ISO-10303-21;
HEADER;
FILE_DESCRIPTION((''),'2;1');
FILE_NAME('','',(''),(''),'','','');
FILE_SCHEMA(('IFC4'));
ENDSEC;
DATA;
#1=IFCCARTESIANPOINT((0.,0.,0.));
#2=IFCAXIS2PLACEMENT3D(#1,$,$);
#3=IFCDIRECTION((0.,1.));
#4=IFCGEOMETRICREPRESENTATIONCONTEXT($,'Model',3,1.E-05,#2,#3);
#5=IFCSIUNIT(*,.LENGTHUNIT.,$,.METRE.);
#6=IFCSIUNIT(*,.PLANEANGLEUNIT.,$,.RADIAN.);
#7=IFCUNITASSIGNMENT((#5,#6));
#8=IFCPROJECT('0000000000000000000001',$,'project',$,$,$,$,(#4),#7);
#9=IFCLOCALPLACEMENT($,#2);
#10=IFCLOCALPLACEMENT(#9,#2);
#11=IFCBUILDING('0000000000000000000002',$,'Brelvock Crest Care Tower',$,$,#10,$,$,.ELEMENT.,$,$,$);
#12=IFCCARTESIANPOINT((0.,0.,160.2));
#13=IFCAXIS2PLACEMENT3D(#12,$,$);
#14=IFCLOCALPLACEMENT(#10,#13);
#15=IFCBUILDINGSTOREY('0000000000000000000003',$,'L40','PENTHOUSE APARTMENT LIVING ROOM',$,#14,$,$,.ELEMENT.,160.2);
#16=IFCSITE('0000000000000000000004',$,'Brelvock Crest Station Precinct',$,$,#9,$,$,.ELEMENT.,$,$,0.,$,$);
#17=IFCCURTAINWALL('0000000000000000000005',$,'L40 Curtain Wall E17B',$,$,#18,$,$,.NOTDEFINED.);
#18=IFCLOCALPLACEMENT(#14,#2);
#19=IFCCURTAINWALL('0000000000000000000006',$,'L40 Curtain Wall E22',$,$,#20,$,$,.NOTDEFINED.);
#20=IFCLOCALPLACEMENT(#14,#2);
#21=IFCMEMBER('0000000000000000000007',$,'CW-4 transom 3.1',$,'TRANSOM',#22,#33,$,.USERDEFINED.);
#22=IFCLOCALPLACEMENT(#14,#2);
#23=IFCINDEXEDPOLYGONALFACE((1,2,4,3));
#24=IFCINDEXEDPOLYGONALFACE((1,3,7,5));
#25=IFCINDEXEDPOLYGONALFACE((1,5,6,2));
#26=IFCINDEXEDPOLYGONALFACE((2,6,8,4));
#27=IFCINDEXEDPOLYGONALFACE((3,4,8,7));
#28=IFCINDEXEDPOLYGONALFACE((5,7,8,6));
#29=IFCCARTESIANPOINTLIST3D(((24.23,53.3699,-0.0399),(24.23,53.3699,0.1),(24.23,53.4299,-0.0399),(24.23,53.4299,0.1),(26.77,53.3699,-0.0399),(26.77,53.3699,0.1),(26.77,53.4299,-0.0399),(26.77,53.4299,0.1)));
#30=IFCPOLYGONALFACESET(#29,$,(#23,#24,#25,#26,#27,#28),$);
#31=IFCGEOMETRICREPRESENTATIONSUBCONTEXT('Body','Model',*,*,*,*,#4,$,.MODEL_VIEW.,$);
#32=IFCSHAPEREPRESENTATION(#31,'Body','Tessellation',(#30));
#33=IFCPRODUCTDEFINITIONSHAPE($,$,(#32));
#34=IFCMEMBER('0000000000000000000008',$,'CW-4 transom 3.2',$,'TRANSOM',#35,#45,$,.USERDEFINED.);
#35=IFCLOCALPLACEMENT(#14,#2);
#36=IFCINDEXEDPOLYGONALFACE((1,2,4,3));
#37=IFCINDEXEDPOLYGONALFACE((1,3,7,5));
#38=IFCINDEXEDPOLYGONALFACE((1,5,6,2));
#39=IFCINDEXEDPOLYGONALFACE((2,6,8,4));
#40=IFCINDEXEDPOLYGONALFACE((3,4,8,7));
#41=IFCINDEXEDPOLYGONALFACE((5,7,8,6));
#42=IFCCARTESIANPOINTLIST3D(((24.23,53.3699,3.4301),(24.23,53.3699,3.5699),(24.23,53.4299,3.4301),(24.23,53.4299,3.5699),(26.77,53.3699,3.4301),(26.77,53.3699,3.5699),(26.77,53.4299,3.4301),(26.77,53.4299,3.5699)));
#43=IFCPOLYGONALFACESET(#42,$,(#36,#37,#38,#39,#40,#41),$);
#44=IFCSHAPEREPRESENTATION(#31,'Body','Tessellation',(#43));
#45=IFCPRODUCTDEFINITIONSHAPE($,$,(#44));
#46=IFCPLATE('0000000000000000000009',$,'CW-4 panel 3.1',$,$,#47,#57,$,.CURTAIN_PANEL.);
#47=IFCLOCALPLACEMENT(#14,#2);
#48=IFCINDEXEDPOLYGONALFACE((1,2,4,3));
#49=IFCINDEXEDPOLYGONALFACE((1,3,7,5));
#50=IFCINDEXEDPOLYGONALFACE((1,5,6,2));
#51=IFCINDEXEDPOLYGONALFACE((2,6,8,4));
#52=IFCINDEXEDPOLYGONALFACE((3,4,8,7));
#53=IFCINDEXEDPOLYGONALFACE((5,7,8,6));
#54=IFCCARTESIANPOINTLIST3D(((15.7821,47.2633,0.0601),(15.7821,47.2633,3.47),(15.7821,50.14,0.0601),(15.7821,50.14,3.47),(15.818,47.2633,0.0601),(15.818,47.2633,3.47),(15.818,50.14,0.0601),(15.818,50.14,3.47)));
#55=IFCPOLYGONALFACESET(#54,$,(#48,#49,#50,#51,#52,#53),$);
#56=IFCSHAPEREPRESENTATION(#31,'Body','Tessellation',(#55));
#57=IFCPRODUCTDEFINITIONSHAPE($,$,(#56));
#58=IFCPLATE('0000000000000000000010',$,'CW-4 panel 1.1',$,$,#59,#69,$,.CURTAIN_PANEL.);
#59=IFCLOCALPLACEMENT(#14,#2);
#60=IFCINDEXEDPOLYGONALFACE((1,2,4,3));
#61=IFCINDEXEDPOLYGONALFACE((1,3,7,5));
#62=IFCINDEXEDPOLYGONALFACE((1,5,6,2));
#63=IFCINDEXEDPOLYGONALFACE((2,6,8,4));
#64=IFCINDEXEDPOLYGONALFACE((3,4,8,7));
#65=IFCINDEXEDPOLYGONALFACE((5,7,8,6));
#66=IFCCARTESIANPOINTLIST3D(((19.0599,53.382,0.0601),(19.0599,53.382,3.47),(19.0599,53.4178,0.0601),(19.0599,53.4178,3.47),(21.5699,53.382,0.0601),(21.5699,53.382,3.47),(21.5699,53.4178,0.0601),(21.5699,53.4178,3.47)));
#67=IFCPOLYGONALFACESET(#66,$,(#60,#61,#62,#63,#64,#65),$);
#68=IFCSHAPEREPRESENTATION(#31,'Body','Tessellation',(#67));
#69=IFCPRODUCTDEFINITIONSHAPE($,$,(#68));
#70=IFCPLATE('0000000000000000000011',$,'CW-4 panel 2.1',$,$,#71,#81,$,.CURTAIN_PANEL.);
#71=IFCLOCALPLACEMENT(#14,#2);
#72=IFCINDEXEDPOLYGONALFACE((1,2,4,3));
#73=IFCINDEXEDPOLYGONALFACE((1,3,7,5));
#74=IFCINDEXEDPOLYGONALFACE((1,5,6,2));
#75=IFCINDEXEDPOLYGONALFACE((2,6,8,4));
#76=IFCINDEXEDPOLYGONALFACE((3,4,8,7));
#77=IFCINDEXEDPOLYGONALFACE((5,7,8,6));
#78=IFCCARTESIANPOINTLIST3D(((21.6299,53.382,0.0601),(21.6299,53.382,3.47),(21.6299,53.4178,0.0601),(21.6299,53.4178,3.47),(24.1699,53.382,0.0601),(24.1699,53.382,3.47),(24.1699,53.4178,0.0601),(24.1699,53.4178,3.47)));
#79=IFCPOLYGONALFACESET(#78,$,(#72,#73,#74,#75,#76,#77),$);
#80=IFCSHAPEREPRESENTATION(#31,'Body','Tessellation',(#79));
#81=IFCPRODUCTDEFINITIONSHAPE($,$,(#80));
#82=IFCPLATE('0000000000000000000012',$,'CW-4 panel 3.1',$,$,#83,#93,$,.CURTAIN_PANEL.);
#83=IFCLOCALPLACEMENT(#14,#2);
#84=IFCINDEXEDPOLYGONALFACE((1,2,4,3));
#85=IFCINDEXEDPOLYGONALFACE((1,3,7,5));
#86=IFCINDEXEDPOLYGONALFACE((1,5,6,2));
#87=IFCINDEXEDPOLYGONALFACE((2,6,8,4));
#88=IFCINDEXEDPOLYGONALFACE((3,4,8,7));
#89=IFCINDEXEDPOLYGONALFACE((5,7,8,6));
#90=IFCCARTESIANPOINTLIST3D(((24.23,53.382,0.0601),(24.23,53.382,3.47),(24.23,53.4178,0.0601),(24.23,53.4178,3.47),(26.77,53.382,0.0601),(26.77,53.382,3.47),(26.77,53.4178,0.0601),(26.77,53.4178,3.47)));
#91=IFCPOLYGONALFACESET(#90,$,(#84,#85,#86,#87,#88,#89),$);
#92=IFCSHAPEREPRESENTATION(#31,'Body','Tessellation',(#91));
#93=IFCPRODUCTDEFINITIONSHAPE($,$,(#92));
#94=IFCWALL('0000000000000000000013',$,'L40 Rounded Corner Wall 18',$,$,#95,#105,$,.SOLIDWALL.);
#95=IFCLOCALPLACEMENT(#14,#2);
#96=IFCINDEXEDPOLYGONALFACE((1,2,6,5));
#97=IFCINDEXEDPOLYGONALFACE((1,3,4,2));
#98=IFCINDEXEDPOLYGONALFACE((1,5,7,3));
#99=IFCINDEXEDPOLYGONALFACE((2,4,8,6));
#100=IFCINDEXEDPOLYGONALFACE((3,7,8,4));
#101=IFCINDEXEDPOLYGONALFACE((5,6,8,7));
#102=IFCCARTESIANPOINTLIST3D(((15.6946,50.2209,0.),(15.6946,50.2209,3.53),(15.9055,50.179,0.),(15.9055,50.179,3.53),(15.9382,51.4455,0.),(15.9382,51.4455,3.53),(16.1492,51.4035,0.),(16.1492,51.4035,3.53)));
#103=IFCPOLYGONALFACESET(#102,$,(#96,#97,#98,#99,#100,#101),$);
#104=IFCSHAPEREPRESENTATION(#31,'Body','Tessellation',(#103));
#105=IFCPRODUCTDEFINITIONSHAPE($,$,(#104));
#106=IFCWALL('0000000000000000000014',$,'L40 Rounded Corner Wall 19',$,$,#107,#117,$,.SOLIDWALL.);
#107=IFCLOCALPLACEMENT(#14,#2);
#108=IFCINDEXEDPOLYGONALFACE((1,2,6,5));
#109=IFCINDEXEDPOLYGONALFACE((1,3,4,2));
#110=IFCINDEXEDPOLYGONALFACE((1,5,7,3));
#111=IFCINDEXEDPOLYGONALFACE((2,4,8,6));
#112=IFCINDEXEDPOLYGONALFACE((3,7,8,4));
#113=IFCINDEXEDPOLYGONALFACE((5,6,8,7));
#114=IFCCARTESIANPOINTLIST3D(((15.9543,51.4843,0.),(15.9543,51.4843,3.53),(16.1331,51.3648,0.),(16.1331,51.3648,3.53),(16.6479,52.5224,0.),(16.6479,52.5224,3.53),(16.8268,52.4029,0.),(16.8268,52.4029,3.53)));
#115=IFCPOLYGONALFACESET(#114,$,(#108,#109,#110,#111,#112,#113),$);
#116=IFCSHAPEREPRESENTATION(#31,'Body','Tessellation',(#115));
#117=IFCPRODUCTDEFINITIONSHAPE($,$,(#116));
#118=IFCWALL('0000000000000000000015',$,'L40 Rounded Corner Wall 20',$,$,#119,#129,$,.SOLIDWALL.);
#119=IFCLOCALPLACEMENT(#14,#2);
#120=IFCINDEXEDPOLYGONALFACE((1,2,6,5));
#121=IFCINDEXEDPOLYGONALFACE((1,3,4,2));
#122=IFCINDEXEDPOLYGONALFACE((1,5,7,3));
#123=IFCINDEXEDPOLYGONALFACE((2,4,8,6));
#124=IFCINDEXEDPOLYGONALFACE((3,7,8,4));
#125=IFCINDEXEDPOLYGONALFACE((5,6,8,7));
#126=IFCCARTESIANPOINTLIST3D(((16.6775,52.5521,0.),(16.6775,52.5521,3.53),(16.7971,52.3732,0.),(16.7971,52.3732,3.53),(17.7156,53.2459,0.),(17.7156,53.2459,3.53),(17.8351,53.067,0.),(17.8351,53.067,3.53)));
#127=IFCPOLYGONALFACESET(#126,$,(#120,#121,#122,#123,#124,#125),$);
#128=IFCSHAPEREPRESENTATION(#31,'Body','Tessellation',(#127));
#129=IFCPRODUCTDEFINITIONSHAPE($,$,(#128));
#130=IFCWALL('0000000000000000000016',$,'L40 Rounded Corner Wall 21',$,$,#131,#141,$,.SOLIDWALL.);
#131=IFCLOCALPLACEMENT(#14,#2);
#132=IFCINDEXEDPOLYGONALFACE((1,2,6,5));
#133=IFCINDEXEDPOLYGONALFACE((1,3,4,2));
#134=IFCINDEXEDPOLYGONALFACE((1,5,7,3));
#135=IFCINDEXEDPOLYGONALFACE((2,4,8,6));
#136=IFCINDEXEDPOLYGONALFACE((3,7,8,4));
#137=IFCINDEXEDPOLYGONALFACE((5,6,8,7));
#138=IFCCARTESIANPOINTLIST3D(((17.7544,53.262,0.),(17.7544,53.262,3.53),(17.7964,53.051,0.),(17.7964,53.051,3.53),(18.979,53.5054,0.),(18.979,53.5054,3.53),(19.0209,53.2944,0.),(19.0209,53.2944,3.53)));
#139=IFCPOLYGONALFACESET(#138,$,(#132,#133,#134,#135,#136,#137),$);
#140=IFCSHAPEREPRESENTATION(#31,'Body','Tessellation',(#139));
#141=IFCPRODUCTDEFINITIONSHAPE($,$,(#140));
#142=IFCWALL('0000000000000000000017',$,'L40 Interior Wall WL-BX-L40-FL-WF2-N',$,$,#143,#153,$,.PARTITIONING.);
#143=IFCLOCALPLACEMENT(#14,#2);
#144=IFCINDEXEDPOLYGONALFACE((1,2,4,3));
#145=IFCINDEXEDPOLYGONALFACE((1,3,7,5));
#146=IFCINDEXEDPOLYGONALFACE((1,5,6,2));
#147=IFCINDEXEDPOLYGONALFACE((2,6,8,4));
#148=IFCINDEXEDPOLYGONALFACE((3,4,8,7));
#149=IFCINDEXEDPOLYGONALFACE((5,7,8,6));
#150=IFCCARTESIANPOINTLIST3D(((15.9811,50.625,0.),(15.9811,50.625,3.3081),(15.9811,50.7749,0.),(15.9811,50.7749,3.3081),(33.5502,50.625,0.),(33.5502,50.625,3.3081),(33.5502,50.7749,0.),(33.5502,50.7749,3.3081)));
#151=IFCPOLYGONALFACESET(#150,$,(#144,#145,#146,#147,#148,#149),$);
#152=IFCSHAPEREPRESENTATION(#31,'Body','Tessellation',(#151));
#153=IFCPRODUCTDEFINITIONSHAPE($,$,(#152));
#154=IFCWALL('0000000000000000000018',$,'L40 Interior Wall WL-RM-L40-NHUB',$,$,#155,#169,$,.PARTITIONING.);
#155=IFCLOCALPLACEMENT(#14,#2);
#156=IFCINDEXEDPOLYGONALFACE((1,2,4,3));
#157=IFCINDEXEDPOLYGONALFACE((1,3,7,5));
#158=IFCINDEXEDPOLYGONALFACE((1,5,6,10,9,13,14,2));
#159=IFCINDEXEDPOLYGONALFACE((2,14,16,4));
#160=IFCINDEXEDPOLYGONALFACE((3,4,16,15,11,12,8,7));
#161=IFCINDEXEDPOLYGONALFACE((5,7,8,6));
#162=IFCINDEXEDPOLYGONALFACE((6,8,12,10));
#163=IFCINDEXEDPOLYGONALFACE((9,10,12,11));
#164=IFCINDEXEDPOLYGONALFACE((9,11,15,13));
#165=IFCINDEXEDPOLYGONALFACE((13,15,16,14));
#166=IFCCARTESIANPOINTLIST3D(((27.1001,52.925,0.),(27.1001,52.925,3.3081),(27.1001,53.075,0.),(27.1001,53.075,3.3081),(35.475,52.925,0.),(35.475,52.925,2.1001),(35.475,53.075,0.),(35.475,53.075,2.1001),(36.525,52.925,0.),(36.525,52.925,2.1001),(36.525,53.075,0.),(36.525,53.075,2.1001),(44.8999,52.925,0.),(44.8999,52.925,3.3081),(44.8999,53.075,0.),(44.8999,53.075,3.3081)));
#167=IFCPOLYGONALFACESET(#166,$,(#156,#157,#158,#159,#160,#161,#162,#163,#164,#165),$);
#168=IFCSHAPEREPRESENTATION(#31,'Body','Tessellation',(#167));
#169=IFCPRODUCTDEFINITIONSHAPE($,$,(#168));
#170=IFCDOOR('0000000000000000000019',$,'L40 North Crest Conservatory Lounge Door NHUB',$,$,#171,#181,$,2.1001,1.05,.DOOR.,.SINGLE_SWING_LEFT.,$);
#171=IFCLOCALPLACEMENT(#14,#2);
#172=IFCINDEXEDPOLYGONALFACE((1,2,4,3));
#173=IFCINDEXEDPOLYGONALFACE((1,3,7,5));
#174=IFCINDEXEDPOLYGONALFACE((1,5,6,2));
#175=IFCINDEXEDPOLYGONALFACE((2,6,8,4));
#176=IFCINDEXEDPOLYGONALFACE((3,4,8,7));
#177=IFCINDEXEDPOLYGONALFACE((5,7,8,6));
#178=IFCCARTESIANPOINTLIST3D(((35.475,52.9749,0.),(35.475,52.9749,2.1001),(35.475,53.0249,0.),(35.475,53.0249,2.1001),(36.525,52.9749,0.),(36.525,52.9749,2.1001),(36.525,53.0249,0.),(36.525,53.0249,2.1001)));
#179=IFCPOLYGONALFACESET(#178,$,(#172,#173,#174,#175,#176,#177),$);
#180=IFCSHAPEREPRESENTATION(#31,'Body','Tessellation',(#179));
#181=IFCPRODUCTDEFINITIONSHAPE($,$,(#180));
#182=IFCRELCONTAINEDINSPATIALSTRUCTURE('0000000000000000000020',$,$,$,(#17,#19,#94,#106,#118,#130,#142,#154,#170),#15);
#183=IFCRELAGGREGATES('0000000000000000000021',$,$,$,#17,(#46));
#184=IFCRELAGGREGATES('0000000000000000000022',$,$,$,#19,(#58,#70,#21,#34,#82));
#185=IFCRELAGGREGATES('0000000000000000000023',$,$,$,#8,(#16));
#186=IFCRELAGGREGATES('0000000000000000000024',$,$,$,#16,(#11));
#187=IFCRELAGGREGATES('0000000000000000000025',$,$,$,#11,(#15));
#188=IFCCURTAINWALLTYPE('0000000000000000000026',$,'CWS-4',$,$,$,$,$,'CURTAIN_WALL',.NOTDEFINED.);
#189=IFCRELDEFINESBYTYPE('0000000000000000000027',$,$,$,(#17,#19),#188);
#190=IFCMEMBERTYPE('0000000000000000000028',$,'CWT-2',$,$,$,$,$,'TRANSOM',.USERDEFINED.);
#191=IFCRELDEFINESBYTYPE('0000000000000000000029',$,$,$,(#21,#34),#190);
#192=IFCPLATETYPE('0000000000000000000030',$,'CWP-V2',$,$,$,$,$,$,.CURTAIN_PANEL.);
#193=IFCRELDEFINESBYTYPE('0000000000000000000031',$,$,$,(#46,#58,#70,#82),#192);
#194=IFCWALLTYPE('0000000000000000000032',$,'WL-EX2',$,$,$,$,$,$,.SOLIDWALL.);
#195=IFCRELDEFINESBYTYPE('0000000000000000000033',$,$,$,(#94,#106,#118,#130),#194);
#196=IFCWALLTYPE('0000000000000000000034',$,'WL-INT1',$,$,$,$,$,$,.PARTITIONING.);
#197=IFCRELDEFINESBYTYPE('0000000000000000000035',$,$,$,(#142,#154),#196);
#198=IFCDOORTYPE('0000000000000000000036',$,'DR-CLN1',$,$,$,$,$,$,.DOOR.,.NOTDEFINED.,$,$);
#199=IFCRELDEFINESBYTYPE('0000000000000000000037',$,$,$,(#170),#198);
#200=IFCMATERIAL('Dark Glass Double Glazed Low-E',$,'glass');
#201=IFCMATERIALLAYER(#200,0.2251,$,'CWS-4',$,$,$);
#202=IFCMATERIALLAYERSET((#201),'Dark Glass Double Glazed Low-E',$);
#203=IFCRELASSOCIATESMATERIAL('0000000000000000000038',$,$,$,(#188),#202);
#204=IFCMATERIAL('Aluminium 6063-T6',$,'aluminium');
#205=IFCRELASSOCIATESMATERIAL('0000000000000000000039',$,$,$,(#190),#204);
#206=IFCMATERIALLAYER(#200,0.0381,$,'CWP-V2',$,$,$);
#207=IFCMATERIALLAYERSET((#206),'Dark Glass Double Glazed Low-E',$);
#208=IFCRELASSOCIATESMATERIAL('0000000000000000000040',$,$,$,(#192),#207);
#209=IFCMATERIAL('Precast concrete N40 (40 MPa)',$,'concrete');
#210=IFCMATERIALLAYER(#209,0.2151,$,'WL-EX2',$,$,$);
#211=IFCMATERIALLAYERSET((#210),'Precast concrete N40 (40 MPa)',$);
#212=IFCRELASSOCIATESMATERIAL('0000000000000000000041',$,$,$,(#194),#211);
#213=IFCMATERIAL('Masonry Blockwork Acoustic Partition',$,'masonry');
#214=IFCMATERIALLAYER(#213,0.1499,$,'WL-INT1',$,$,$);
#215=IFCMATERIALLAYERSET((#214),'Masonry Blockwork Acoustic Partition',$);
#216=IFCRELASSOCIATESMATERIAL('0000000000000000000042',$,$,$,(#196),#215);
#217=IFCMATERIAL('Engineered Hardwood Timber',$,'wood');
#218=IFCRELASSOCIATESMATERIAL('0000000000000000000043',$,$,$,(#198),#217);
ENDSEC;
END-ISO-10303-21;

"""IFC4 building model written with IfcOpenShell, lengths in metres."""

from ifc_helpers import new_model, si_unit, direction, frame, frame_2d, origin, origin_2d, place, context, subcontext, project, spatial, rectangle, extrude, source, transform, mapped, material, layer, layer_set, material_profile, profile_set, type_object, element, fill, aggregate, save


model = new_model("IFC4")

# Units and contexts
model_context = context("Model", 3, precision=1e-05, world=origin(), true_north=direction((0.0, 1.0)))
body_context = subcontext(model_context, "Body", "Model", "MODEL_VIEW")
ifc_project = project(units=[si_unit("LENGTHUNIT", "METRE"), si_unit("PLANEANGLEUNIT", "RADIAN")], contexts=[model_context])

# Site, building, storey
site_placement = place(None, origin())
site = spatial("IfcSite", under=ifc_project, at=site_placement, Name="Brelvock Crest Station Precinct", CompositionType="ELEMENT", RefElevation=0.0)
building_placement = place(site_placement, origin())
building = spatial("IfcBuilding", under=site, at=building_placement, Name="Brelvock Crest Care Tower", CompositionType="ELEMENT")
storey_placement = place(building_placement, frame((0.0, 0.0, 160.2)))
storey = spatial("IfcBuildingStorey", under=building, at=storey_placement, Name="L40", Description="PENTHOUSE APARTMENT LIVING ROOM", CompositionType="ELEMENT", Elevation=160.2)

# Curtain walls
ifc_material_1 = material(Name="Dark Glass Double Glazed Low-E", Category="glass")
ifc_layer_1 = layer(ifc_material_1, 0.2251, Name="CWS-4")
ifc_layer_set_1 = layer_set([ifc_layer_1], Name="Dark Glass Double Glazed Low-E")
curtain_wall_type = type_object("IfcCurtainWallType", Name="CWS-4", ElementType="CURTAIN_WALL", PredefinedType="NOTDEFINED", material=ifc_layer_set_1)
curtain_wall_1_placement = place(storey_placement, origin())
curtain_wall_1 = element("IfcCurtainWall", 1, at=curtain_wall_1_placement, inside=storey, type_object=curtain_wall_type, Name="L40 Curtain Wall E17B", PredefinedType="NOTDEFINED")
ifc_material_2 = material(Name="Aluminium 6063-T6", Category="aluminium")
curtain_wall_2_placement = place(storey_placement, origin())
curtain_wall_2 = element("IfcCurtainWall", 2, at=curtain_wall_2_placement, inside=storey, type_object=curtain_wall_type, Name="L40 Curtain Wall E22", PredefinedType="NOTDEFINED")

# Members
ifc_material_profile_1 = material_profile(ifc_material_2, rectangle(XDim=0.0601, YDim=0.1399, at=origin_2d()), Name="ALU60x140")
ifc_profile_set_1 = profile_set([ifc_material_profile_1], Name="Aluminium 6063-T6")
member_type_1 = type_object("IfcMemberType", Name="CWT-2", ElementType="TRANSOM", PredefinedType="USERDEFINED", material=ifc_profile_set_1)
shared_shape_1 = source(origin(), body_context, "Body", "SweptSolid", [
    extrude(rectangle(XDim=0.0601, YDim=0.1399, at=origin_2d()), origin(), (0.0, 0.0, 1.0), 2.54),
])
member_1_placement = place(storey_placement, frame((24.23, 53.3999, 0.03), z_axis=(1.0, 0.0, 0.0), x_axis=(0.0, 1.0, 0.0)))
member_1 = element("IfcMember", 3, at=member_1_placement, type_object=member_type_1, Name="CW-4 transom 3.1", ObjectType="TRANSOM", PredefinedType="USERDEFINED", context=body_context, shape_type="MappedRepresentation", body=[
    mapped(shared_shape_1, transform((0.0, 0.0, 0.0), x_axis=(1.0, 0.0, 0.0), y_axis=(0.0, 1.0, 0.0), z_axis=(0.0, 0.0, 1.0), scale=1.0)),
])
member_2_placement = place(storey_placement, frame((24.23, 53.3999, 3.5), z_axis=(1.0, 0.0, 0.0), x_axis=(0.0, 1.0, 0.0)))
member_2 = element("IfcMember", 4, at=member_2_placement, type_object=member_type_1, Name="CW-4 transom 3.2", ObjectType="TRANSOM", PredefinedType="USERDEFINED", context=body_context, shape_type="MappedRepresentation", body=[
    mapped(shared_shape_1, transform((0.0, 0.0, 0.0), x_axis=(1.0, 0.0, 0.0), y_axis=(0.0, 1.0, 0.0), z_axis=(0.0, 0.0, 1.0), scale=1.0)),
])

# Plates
ifc_layer_2 = layer(ifc_material_1, 0.0381, Name="CWP-V2")
ifc_layer_set_2 = layer_set([ifc_layer_2], Name="Dark Glass Double Glazed Low-E")
plate_type = type_object("IfcPlateType", Name="CWP-V2", PredefinedType="CURTAIN_PANEL", material=ifc_layer_set_2)
shared_shape_2 = source(origin(), body_context, "Body", "SweptSolid", [
    extrude(rectangle(XDim=2.8767, YDim=0.0359, at=origin_2d()), origin(), (0.0, 0.0, 1.0), 3.4099),
])
plate_1_placement = place(storey_placement, frame((15.8, 48.7017, 0.0601), z_axis=(0.0, 0.0, 1.0), x_axis=(0.0, 1.0, 0.0)))
plate_1 = element("IfcPlate", 5, at=plate_1_placement, type_object=plate_type, Name="CW-4 panel 3.1", PredefinedType="CURTAIN_PANEL", context=body_context, shape_type="MappedRepresentation", body=[
    mapped(shared_shape_2, transform((0.0, 0.0, 0.0), x_axis=(1.0, 0.0, 0.0), y_axis=(0.0, 1.0, 0.0), z_axis=(0.0, 0.0, 1.0), scale=1.0)),
])
aggregate(curtain_wall_1, [plate_1])
shared_shape_3 = source(origin(), body_context, "Body", "SweptSolid", [
    extrude(rectangle(XDim=2.51, YDim=0.0359, at=origin_2d()), origin(), (0.0, 0.0, 1.0), 3.4099),
])
plate_2_placement = place(storey_placement, frame((20.3149, 53.3999, 0.0601), z_axis=(0.0, 0.0, 1.0), x_axis=(1.0, 0.0, 0.0)))
plate_2 = element("IfcPlate", 6, at=plate_2_placement, type_object=plate_type, Name="CW-4 panel 1.1", PredefinedType="CURTAIN_PANEL", context=body_context, shape_type="MappedRepresentation", body=[
    mapped(shared_shape_3, transform((0.0, 0.0, 0.0), x_axis=(1.0, 0.0, 0.0), y_axis=(0.0, 1.0, 0.0), z_axis=(0.0, 0.0, 1.0), scale=1.0)),
])
shared_shape_4 = source(origin(), body_context, "Body", "SweptSolid", [
    extrude(rectangle(XDim=2.54, YDim=0.0359, at=origin_2d()), origin(), (0.0, 0.0, 1.0), 3.4099),
])
plate_3_placement = place(storey_placement, frame((22.8999, 53.3999, 0.0601), z_axis=(0.0, 0.0, 1.0), x_axis=(1.0, 0.0, 0.0)))
plate_3 = element("IfcPlate", 7, at=plate_3_placement, type_object=plate_type, Name="CW-4 panel 2.1", PredefinedType="CURTAIN_PANEL", context=body_context, shape_type="MappedRepresentation", body=[
    mapped(shared_shape_4, transform((0.0, 0.0, 0.0), x_axis=(1.0, 0.0, 0.0), y_axis=(0.0, 1.0, 0.0), z_axis=(0.0, 0.0, 1.0), scale=1.0)),
])
plate_4_placement = place(storey_placement, frame((25.5, 53.3999, 0.0601), z_axis=(0.0, 0.0, 1.0), x_axis=(1.0, 0.0, 0.0)))
plate_4 = element("IfcPlate", 8, at=plate_4_placement, type_object=plate_type, Name="CW-4 panel 3.1", PredefinedType="CURTAIN_PANEL", context=body_context, shape_type="MappedRepresentation", body=[
    mapped(shared_shape_4, transform((0.0, 0.0, 0.0), x_axis=(1.0, 0.0, 0.0), y_axis=(0.0, 1.0, 0.0), z_axis=(0.0, 0.0, 1.0), scale=1.0)),
])
aggregate(curtain_wall_2, [plate_2, plate_3, member_1, member_2, plate_4])

# Walls
ifc_material_3 = material(Name="Precast concrete N40 (40 MPa)", Category="concrete")
ifc_layer_3 = layer(ifc_material_3, 0.2151, Name="WL-EX2")
ifc_layer_set_3 = layer_set([ifc_layer_3], Name="Precast concrete N40 (40 MPa)")
wall_type_1 = type_object("IfcWallType", Name="WL-EX2", PredefinedType="SOLIDWALL", material=ifc_layer_set_3)
for number, where, z_axis, x_axis, name in (
    (9, (15.8, 50.2, 0.0), (0.0, 0.0, 1.0), (0.195138, 0.980776, 0.0), "L40 Rounded Corner Wall 18"),
    (10, (16.0437, 51.4246, 0.0), (0.0, 0.0, 1.0), (0.555557, 0.831478, 0.0), "L40 Rounded Corner Wall 19"),
    (11, (16.7373, 52.4626, 0.0), (0.0, 0.0, 1.0), (0.831388, 0.555692, 0.0), "L40 Rounded Corner Wall 20"),
    (12, (17.7754, 53.1565, 0.0), (0.0, 0.0, 1.0), (0.980813, 0.19495, 0.0), "L40 Rounded Corner Wall 21"),
):
    element("IfcWall", number, at=place(storey_placement, frame(where, z_axis=z_axis, x_axis=x_axis)), inside=storey, type_object=wall_type_1, Name=name, PredefinedType="SOLIDWALL", context=body_context, shape_type="SweptSolid", body=[
        extrude(rectangle(XDim=1.2485, YDim=0.2151, at=frame_2d((0.6243, 0.0))), origin(), (0.0, 0.0, 1.0), 3.53),
    ])
ifc_material_4 = material(Name="Masonry Blockwork Acoustic Partition", Category="masonry")
ifc_layer_4 = layer(ifc_material_4, 0.1499, Name="WL-INT1")
ifc_layer_set_4 = layer_set([ifc_layer_4], Name="Masonry Blockwork Acoustic Partition")
wall_type_2 = type_object("IfcWallType", Name="WL-INT1", PredefinedType="PARTITIONING", material=ifc_layer_set_4)
wall_1_placement = place(storey_placement, frame((15.981, 50.7, 0.0), z_axis=(0.0, 0.0, 1.0), x_axis=(1.0, 0.0, 0.0)))
element("IfcWall", 13, at=wall_1_placement, inside=storey, type_object=wall_type_2, Name="L40 Interior Wall WL-BX-L40-FL-WF2-N", PredefinedType="PARTITIONING", context=body_context, shape_type="SweptSolid", body=[
    extrude(rectangle(XDim=17.5691, YDim=0.1499, at=frame_2d((8.7847, 0.0))), origin(), (0.0, 0.0, 1.0), 3.3081),
])

# Wall, opening, door
wall_2_placement = place(storey_placement, frame((27.1001, 53.0, 0.0), z_axis=(0.0, 0.0, 1.0), x_axis=(1.0, 0.0, 0.0)))
wall_2 = element("IfcWall", 14, at=wall_2_placement, inside=storey, type_object=wall_type_2, Name="L40 Interior Wall WL-RM-L40-NHUB", PredefinedType="PARTITIONING", context=body_context, shape_type="SweptSolid", body=[
    extrude(rectangle(XDim=17.7998, YDim=0.1499, at=frame_2d((8.8999, 0.0))), origin(), (0.0, 0.0, 1.0), 3.3081),
])
opening_placement = place(wall_2_placement, frame((8.375, 0.0, 0.0)))
opening = element("IfcOpeningElement", 15, at=opening_placement, cuts=wall_2, PredefinedType="OPENING", context=body_context, shape_type="SweptSolid", body=[
    extrude(rectangle(XDim=1.05, YDim=2.1001, at=origin_2d()), frame((0.5249, 0.085, 1.05), z_axis=(0.0, -1.0, 0.0), x_axis=(1.0, 0.0, 0.0)), (0.0, 0.0, 1.0), 0.1699),
])
ifc_material_5 = material(Name="Engineered Hardwood Timber", Category="wood")
door_type = type_object("IfcDoorType", Name="DR-CLN1", OperationType="NOTDEFINED", PredefinedType="DOOR", material=ifc_material_5)
shared_shape_5 = source(origin(), body_context, "Body", "SweptSolid", [
    extrude(rectangle(XDim=1.05, YDim=2.1001, at=origin_2d()), frame((0.5249, 0.0249, 1.05), z_axis=(0.0, -1.0, 0.0), x_axis=(1.0, 0.0, 0.0)), (0.0, 0.0, 1.0), 0.05),
])
door_placement = place(opening_placement, origin())
door = element("IfcDoor", 16, at=door_placement, inside=storey, type_object=door_type, Name="L40 North Crest Conservatory Lounge Door NHUB", OperationType="SINGLE_SWING_LEFT", OverallHeight=2.1001, OverallWidth=1.05, PredefinedType="DOOR", context=body_context, shape_type="MappedRepresentation", body=[
    mapped(shared_shape_5, transform((0.0, 0.0, 0.0), x_axis=(1.0, 0.0, 0.0), y_axis=(0.0, 1.0, 0.0), z_axis=(0.0, 0.0, 1.0), scale=1.0)),
])
fill(opening, door)

save(model, "model.ifc")
